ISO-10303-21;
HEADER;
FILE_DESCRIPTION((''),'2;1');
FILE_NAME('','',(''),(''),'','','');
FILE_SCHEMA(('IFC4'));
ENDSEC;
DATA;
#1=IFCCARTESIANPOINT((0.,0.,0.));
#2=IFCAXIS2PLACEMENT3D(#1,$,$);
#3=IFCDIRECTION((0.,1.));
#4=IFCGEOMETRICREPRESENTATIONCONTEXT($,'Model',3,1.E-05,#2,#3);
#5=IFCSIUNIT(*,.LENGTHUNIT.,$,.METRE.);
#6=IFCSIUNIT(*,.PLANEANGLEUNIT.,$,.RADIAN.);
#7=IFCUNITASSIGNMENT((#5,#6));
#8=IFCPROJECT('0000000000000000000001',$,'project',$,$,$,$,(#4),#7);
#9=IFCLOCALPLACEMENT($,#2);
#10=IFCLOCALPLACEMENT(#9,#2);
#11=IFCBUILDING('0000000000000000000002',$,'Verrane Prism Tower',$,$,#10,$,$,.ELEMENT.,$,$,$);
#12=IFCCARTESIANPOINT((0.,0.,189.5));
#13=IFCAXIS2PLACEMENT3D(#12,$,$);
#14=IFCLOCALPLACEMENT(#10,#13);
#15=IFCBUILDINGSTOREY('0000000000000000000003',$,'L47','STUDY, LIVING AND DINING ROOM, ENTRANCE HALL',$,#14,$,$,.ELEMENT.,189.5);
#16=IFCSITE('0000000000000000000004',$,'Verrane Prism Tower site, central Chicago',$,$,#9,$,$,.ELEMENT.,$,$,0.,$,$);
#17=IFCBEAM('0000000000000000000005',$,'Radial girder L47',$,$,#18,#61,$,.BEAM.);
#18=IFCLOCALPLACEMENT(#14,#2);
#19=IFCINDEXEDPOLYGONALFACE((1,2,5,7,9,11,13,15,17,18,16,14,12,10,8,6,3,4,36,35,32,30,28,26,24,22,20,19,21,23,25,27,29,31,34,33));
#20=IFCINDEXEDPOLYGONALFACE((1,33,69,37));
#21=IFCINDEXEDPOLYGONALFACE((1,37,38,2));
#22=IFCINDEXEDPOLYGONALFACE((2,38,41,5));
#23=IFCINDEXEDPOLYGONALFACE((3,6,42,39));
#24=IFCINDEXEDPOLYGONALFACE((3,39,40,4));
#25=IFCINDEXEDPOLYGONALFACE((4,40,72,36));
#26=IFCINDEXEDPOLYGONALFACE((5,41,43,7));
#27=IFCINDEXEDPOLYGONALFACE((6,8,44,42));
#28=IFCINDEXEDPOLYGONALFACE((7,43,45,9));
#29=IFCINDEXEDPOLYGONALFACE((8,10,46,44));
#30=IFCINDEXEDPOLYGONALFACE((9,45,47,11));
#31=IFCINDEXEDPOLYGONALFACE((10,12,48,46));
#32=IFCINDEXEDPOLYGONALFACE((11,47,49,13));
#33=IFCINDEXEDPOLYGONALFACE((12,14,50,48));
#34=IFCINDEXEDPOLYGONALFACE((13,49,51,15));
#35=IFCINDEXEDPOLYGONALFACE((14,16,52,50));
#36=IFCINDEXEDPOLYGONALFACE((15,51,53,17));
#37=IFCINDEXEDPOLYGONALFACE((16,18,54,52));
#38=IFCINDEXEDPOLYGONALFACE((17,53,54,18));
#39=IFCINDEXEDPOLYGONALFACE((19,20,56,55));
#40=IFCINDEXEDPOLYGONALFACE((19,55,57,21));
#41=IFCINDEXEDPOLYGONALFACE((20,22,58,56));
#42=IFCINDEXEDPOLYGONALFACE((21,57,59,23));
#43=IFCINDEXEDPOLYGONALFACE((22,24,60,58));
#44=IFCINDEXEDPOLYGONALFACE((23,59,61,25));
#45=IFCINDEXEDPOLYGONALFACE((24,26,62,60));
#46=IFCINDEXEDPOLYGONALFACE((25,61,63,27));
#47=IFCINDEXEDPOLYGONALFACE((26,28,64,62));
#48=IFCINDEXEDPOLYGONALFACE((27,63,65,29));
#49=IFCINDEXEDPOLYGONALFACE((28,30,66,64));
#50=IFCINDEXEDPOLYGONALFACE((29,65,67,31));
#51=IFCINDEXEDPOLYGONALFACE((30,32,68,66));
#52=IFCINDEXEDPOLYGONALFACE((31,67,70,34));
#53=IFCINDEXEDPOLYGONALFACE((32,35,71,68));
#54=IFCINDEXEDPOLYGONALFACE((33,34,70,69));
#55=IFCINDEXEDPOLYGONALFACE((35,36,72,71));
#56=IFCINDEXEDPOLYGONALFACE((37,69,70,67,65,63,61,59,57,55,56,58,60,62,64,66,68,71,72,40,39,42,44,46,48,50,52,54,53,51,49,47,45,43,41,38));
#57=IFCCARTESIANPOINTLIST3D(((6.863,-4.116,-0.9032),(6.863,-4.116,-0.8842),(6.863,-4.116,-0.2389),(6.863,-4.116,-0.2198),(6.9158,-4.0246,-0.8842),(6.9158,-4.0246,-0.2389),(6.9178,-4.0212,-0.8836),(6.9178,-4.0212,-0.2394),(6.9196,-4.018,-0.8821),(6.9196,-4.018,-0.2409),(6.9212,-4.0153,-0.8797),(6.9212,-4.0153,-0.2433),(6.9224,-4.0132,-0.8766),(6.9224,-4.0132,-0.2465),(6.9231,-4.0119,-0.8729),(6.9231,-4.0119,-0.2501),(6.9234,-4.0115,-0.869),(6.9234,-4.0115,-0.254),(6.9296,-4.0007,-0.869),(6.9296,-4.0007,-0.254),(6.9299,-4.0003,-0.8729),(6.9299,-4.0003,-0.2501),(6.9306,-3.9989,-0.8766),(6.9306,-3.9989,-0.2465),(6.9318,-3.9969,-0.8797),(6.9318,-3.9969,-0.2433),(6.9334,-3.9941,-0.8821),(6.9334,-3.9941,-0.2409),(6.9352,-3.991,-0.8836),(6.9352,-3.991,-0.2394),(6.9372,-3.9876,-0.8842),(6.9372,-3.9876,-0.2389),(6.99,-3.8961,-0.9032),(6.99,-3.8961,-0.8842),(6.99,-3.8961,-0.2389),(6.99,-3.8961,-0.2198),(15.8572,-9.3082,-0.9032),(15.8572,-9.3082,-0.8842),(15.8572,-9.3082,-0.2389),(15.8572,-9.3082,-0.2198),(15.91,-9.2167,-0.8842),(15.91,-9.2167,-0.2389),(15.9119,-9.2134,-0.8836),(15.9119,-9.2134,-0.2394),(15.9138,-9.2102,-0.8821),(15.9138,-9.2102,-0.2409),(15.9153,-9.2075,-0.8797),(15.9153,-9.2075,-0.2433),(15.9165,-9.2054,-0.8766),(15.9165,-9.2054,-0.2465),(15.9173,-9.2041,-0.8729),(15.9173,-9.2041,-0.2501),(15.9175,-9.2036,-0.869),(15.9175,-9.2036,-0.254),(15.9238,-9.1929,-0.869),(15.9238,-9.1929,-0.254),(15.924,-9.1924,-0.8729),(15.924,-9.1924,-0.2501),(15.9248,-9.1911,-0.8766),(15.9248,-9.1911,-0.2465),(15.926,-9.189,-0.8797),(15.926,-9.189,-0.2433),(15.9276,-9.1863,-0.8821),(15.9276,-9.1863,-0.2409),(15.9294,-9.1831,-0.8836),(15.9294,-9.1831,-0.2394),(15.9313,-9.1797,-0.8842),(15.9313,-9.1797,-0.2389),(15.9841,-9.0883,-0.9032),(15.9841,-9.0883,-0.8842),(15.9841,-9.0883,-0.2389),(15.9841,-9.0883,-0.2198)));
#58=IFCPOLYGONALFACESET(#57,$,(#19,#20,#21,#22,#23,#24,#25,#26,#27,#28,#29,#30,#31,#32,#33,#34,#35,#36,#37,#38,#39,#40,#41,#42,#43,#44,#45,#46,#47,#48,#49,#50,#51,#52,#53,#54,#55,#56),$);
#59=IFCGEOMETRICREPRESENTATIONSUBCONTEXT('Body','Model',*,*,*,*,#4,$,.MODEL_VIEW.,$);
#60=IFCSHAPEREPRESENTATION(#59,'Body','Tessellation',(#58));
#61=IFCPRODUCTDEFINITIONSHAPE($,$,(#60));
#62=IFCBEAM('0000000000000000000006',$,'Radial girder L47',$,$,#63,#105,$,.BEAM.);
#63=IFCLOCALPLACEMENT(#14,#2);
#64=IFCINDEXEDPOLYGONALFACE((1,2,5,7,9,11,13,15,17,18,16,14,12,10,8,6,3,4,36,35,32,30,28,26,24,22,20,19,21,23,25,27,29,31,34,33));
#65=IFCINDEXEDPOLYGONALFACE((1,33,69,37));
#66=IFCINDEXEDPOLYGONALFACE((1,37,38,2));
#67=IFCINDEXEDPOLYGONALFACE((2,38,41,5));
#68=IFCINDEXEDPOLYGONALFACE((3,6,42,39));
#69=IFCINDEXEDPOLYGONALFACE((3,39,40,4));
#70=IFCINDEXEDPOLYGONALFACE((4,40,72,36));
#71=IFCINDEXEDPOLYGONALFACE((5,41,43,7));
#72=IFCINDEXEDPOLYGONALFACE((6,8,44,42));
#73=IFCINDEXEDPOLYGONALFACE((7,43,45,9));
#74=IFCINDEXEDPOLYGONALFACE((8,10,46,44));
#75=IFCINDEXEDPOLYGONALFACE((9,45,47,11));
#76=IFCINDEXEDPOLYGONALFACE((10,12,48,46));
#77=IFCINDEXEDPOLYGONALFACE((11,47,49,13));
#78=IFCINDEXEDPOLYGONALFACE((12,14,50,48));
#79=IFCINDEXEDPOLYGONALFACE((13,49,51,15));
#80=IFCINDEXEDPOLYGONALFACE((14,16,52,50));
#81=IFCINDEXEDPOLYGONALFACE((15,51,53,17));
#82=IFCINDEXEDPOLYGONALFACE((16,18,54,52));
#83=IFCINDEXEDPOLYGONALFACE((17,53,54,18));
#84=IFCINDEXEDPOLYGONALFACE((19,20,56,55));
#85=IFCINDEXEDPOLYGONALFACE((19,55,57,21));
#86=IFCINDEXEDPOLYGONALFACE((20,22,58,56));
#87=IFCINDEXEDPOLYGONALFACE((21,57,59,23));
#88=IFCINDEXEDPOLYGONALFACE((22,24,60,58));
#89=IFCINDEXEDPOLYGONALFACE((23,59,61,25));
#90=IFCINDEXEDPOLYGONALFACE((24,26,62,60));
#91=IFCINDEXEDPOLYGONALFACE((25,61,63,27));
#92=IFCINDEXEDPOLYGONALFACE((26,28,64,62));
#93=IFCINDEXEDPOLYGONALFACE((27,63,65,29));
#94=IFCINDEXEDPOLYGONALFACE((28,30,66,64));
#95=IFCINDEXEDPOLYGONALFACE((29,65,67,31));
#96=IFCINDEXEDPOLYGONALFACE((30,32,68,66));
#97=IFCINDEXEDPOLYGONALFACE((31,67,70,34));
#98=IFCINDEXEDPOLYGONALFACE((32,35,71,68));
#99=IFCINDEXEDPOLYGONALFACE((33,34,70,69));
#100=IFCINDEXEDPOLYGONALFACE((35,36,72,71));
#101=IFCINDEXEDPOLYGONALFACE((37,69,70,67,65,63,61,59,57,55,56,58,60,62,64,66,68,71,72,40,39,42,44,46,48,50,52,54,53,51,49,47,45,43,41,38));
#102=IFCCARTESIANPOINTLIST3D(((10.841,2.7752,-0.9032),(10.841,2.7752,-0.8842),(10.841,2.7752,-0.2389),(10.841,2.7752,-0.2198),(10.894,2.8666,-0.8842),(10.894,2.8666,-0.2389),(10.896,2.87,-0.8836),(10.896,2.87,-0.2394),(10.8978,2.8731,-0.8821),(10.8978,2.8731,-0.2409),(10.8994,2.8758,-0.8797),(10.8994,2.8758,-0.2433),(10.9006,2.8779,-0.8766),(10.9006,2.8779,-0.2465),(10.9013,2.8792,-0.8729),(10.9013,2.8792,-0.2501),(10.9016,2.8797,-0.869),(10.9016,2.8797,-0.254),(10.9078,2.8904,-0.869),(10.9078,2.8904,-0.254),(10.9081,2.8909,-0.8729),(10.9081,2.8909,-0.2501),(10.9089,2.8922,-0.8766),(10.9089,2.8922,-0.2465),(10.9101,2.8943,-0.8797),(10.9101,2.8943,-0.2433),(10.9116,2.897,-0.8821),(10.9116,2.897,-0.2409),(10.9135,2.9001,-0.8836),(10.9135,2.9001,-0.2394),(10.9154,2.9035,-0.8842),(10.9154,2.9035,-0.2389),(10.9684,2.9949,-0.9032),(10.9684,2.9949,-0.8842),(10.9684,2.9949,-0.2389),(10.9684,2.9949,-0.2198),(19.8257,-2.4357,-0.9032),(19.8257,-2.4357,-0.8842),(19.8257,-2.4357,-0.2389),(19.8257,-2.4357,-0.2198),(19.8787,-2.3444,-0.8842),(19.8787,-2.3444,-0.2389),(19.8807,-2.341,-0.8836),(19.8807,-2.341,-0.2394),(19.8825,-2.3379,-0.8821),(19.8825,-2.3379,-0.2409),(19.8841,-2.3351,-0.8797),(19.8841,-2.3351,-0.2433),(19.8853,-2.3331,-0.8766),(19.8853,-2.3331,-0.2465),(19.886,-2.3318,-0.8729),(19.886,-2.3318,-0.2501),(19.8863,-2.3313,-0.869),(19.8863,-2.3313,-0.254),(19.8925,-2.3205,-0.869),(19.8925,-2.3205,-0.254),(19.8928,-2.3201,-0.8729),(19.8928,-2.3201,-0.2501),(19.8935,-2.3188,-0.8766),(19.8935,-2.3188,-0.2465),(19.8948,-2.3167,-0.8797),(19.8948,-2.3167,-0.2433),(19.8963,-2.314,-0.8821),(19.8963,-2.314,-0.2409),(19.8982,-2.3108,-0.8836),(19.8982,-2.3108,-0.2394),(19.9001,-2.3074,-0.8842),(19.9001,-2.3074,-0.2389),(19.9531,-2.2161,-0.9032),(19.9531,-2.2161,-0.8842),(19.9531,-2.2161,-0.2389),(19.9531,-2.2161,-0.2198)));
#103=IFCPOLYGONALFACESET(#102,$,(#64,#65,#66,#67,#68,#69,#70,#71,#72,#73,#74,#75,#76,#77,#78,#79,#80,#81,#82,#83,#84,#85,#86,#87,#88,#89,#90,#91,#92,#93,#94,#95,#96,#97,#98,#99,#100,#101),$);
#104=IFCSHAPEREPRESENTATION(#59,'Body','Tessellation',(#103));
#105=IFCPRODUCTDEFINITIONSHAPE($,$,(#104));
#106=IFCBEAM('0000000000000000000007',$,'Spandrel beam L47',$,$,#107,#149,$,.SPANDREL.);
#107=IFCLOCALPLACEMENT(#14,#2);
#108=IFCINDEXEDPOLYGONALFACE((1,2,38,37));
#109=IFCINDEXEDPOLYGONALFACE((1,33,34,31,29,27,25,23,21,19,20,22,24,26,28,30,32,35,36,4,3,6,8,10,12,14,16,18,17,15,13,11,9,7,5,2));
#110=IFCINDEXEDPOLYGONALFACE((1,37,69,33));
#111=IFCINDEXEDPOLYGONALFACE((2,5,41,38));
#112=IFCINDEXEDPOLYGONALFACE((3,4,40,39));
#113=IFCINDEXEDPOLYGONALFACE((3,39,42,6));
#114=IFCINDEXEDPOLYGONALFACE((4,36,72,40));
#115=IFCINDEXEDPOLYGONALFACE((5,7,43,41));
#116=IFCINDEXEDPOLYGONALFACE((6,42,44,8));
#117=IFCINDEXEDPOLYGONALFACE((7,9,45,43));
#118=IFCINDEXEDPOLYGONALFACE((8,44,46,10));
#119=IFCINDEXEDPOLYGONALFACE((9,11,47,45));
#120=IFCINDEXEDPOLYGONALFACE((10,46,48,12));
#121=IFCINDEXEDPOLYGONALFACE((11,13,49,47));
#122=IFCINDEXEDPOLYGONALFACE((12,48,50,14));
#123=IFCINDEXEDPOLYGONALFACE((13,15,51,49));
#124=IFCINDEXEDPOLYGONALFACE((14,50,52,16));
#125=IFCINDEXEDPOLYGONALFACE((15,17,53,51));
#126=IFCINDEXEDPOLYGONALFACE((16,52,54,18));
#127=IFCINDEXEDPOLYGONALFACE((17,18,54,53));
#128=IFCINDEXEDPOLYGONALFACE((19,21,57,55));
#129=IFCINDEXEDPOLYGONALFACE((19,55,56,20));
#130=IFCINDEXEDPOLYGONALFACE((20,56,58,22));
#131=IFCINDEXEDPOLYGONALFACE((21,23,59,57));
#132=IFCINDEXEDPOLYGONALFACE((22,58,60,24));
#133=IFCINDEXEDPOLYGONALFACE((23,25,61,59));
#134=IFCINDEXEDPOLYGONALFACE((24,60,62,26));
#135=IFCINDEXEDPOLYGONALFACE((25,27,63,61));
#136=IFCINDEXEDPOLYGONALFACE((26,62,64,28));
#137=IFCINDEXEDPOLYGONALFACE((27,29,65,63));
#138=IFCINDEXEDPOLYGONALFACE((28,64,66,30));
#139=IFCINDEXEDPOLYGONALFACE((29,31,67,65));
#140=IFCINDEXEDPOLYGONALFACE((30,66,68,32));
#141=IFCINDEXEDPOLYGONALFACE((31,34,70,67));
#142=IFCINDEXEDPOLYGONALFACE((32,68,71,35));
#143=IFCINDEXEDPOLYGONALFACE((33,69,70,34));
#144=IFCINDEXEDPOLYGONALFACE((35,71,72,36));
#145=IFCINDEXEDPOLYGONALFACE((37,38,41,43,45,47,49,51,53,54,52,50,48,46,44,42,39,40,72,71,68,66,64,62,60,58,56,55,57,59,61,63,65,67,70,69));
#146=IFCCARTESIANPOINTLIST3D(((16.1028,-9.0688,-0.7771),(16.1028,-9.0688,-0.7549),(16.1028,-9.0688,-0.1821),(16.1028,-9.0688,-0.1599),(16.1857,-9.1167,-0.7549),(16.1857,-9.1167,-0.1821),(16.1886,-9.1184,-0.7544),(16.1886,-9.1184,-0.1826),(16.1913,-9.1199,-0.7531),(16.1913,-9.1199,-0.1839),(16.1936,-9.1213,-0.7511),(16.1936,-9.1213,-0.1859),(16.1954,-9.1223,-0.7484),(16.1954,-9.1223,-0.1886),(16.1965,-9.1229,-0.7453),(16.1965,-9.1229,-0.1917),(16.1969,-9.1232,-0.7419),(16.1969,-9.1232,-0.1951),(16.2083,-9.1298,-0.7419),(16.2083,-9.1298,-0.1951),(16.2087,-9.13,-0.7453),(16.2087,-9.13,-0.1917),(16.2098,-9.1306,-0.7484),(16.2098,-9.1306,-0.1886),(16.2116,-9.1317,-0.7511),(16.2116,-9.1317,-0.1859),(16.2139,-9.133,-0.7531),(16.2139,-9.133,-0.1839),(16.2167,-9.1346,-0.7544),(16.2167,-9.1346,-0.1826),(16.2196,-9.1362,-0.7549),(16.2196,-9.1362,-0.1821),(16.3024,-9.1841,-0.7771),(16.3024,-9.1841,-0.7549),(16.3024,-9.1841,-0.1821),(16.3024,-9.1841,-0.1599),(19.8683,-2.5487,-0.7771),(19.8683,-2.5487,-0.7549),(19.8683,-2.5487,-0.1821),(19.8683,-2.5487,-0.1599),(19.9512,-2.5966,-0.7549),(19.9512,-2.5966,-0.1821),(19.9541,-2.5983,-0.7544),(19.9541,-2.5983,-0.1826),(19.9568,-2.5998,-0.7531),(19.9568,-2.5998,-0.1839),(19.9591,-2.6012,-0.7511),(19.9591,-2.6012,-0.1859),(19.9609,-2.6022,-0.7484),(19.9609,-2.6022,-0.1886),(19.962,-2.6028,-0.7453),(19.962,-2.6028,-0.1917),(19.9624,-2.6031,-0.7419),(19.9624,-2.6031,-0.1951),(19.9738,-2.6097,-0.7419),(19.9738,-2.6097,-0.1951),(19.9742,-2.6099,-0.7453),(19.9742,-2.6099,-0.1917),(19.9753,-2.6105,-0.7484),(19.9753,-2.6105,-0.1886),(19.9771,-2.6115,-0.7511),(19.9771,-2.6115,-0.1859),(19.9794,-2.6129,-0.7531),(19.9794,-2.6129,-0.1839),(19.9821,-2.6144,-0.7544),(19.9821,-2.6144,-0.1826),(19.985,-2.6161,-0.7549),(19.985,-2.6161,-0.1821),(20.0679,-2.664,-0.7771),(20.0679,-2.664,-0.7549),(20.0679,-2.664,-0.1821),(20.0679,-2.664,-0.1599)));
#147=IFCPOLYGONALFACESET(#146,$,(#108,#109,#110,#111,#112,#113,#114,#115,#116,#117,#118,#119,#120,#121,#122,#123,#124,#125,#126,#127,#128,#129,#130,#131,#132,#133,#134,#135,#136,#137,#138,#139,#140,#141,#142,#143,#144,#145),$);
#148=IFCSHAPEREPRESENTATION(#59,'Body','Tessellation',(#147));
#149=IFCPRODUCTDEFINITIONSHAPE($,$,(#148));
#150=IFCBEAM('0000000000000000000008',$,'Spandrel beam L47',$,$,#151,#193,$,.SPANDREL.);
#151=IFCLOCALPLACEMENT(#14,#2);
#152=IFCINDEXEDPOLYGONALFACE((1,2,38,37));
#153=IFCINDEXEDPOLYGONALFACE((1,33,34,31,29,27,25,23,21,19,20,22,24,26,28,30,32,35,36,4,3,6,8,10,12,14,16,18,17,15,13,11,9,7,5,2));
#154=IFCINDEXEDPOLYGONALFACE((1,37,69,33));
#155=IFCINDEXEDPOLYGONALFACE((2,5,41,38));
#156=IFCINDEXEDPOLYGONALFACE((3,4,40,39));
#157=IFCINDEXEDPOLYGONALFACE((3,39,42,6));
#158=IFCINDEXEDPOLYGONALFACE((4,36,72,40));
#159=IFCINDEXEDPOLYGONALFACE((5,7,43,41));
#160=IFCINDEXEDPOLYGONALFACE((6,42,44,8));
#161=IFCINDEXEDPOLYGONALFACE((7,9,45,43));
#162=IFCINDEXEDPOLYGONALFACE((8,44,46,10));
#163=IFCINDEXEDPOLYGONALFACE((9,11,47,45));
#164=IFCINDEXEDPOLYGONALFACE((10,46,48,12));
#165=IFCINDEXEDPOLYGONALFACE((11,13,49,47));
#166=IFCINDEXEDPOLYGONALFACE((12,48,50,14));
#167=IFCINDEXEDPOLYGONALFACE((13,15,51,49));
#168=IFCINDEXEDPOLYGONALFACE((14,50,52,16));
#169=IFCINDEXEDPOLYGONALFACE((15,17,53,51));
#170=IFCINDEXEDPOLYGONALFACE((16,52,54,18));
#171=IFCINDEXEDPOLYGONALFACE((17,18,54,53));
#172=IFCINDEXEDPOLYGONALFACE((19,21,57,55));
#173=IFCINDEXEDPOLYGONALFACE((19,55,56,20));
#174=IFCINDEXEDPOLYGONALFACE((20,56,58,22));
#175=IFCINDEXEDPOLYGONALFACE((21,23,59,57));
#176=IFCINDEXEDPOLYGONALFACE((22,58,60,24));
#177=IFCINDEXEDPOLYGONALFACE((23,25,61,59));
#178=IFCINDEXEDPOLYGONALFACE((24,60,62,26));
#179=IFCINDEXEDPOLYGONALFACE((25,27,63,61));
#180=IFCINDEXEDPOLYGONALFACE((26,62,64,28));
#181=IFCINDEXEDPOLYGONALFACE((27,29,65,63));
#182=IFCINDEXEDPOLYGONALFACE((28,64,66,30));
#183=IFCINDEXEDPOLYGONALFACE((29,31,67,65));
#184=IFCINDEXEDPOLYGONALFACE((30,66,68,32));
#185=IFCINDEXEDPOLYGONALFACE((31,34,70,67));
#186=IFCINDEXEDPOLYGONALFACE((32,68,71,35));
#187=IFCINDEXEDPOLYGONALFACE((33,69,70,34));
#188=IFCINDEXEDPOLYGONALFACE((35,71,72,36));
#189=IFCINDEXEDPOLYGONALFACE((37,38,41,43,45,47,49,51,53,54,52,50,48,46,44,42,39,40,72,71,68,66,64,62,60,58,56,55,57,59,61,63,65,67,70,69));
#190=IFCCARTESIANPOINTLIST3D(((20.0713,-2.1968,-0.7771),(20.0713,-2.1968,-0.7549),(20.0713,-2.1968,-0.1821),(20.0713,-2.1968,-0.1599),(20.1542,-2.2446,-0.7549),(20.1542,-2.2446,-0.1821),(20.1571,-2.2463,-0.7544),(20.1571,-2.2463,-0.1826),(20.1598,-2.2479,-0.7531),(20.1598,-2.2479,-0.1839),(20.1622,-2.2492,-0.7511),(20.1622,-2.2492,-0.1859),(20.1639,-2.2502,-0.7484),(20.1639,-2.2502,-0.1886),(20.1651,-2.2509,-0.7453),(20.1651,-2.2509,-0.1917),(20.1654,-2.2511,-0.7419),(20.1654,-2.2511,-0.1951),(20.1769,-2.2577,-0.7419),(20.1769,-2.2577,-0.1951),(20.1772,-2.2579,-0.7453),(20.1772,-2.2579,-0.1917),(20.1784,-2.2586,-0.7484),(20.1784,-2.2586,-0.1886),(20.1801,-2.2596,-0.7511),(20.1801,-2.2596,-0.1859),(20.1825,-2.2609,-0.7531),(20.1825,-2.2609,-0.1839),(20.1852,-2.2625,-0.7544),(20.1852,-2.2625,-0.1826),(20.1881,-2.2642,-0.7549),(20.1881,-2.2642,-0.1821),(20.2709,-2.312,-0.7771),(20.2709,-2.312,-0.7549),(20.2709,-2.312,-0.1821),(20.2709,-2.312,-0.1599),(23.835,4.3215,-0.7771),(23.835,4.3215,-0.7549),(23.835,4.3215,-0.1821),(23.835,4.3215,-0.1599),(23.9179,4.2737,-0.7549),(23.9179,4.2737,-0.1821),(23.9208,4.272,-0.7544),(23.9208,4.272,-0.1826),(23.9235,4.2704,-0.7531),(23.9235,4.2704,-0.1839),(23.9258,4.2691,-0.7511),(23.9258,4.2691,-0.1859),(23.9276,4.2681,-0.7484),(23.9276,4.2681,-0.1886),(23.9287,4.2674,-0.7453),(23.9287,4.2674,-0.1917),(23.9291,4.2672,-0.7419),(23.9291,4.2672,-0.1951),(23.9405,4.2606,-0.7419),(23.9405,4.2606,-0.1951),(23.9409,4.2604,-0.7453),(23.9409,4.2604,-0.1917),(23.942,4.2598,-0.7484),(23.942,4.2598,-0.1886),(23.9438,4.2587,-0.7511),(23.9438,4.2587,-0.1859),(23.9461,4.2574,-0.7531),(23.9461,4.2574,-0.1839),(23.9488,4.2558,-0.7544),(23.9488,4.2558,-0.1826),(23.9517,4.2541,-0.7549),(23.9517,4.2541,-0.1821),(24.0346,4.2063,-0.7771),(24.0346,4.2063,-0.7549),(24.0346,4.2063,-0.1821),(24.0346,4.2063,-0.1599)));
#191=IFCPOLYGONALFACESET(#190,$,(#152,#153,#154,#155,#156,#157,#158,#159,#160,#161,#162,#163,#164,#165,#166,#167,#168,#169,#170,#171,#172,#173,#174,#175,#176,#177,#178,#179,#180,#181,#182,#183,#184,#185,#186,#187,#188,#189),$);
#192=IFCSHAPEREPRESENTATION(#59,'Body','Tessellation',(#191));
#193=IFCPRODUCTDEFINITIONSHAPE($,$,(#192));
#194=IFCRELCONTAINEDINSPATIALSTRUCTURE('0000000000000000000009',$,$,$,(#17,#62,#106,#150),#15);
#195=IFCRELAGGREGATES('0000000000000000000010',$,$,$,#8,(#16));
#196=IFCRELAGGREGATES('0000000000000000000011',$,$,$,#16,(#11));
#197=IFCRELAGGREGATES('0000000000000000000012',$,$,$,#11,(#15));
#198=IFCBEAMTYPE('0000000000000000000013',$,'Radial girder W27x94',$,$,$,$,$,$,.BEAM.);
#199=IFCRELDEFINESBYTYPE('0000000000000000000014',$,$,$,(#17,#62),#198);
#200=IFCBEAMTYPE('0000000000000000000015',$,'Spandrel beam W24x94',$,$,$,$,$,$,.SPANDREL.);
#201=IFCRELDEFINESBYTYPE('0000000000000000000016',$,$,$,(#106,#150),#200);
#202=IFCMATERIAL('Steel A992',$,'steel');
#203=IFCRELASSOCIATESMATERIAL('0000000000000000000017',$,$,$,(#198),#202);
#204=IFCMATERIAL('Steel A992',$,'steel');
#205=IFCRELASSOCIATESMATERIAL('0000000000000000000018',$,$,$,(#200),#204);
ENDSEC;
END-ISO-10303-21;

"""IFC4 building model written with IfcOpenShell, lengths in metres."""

from ifc_helpers import new_model, si_unit, direction, frame, origin, origin_2d, place, context, subcontext, project, spatial, i_section, extrude, material, material_profile, profile_set, type_object, element, save


model = new_model("IFC4")

# Units and contexts
model_context = context("Model", 3, precision=1e-05, world=origin(), true_north=direction((0.0, 1.0)))
body_context = subcontext(model_context, "Body", "Model", "MODEL_VIEW")
ifc_project = project(units=[si_unit("LENGTHUNIT", "METRE"), si_unit("PLANEANGLEUNIT", "RADIAN")], contexts=[model_context])

# Site, building, storey
site_placement = place(None, origin())
site = spatial("IfcSite", under=ifc_project, at=site_placement, Name="Verrane Prism Tower site, central Chicago", CompositionType="ELEMENT", RefElevation=0.0)
building_placement = place(site_placement, origin())
building = spatial("IfcBuilding", under=site, at=building_placement, Name="Verrane Prism Tower", CompositionType="ELEMENT")
storey_placement = place(building_placement, frame((0.0, 0.0, 189.5)))
storey = spatial("IfcBuildingStorey", under=building, at=storey_placement, Name="L47", Description="STUDY, LIVING AND DINING ROOM, ENTRANCE HALL", CompositionType="ELEMENT", Elevation=189.5)

# Beams
ifc_material_1 = material(Name="Steel A992", Category="steel")
ifc_material_profile_1 = material_profile(ifc_material_1, i_section(OverallWidth=0.2539, OverallDepth=0.6833, WebThickness=0.0125, FlangeThickness=0.019, FilletRadius=0.0151, at=origin_2d()), Name="W27x94")
ifc_profile_set_1 = profile_set([ifc_material_profile_1], Name="Steel A992")
beam_type_1 = type_object("IfcBeamType", Name="Radial girder W27x94", PredefinedType="BEAM", material=ifc_profile_set_1)
beam_1_placement = place(storey_placement, frame((15.9207, -9.1982, -0.5615), z_axis=(-0.866052, 0.499954, 0.0), x_axis=(-0.499954, -0.866052, 0.0)))
element("IfcBeam", 1, at=beam_1_placement, inside=storey, type_object=beam_type_1, Name="Radial girder L47", PredefinedType="BEAM", context=body_context, shape_type="SweptSolid", body=[
    extrude(i_section(OverallWidth=0.2539, OverallDepth=0.6833, WebThickness=0.0125, FlangeThickness=0.019, FilletRadius=0.0151, at=origin_2d()), origin(), (0.0, 0.0, 1.0), 10.3853),
])
beam_2_placement = place(storey_placement, frame((19.8894, -2.3259, -0.5615), z_axis=(-0.865037, 0.501708, 0.0), x_axis=(-0.501708, -0.865037, 0.0)))
element("IfcBeam", 2, at=beam_2_placement, inside=storey, type_object=beam_type_1, Name="Radial girder L47", PredefinedType="BEAM", context=body_context, shape_type="SweptSolid", body=[
    extrude(i_section(OverallWidth=0.2539, OverallDepth=0.6833, WebThickness=0.0125, FlangeThickness=0.019, FilletRadius=0.0151, at=origin_2d()), origin(), (0.0, 0.0, 1.0), 10.3865),
])
ifc_material_2 = material(Name="Steel A992", Category="steel")
ifc_material_profile_2 = material_profile(ifc_material_2, i_section(OverallWidth=0.2305, OverallDepth=0.6172, WebThickness=0.0132, FlangeThickness=0.0222, FilletRadius=0.0129, at=origin_2d()), Name="W24x94")
ifc_profile_set_2 = profile_set([ifc_material_profile_2], Name="Steel A992")
beam_type_2 = type_object("IfcBeamType", Name="Spandrel beam W24x94", PredefinedType="SPANDREL", material=ifc_profile_set_2)
beam_3_placement = place(storey_placement, frame((16.2026, -9.1265, -0.4685), z_axis=(0.500104, 0.865965, 0.0), x_axis=(-0.865965, 0.500104, 0.0)))
element("IfcBeam", 3, at=beam_3_placement, inside=storey, type_object=beam_type_2, Name="Spandrel beam L47", PredefinedType="SPANDREL", context=body_context, shape_type="SweptSolid", body=[
    extrude(i_section(OverallWidth=0.2305, OverallDepth=0.6172, WebThickness=0.0132, FlangeThickness=0.0222, FilletRadius=0.0129, at=origin_2d()), origin(), (0.0, 0.0, 1.0), 7.5293),
])
beam_4_placement = place(storey_placement, frame((20.1711, -2.2544, -0.4685), z_axis=(0.500032, 0.866007, 0.0), x_axis=(-0.866007, 0.500032, 0.0)))
element("IfcBeam", 4, at=beam_4_placement, inside=storey, type_object=beam_type_2, Name="Spandrel beam L47", PredefinedType="SPANDREL", context=body_context, shape_type="SweptSolid", body=[
    extrude(i_section(OverallWidth=0.2305, OverallDepth=0.6172, WebThickness=0.0132, FlangeThickness=0.0222, FilletRadius=0.0129, at=origin_2d()), origin(), (0.0, 0.0, 1.0), 7.5269),
])

save(model, "model.ifc")
